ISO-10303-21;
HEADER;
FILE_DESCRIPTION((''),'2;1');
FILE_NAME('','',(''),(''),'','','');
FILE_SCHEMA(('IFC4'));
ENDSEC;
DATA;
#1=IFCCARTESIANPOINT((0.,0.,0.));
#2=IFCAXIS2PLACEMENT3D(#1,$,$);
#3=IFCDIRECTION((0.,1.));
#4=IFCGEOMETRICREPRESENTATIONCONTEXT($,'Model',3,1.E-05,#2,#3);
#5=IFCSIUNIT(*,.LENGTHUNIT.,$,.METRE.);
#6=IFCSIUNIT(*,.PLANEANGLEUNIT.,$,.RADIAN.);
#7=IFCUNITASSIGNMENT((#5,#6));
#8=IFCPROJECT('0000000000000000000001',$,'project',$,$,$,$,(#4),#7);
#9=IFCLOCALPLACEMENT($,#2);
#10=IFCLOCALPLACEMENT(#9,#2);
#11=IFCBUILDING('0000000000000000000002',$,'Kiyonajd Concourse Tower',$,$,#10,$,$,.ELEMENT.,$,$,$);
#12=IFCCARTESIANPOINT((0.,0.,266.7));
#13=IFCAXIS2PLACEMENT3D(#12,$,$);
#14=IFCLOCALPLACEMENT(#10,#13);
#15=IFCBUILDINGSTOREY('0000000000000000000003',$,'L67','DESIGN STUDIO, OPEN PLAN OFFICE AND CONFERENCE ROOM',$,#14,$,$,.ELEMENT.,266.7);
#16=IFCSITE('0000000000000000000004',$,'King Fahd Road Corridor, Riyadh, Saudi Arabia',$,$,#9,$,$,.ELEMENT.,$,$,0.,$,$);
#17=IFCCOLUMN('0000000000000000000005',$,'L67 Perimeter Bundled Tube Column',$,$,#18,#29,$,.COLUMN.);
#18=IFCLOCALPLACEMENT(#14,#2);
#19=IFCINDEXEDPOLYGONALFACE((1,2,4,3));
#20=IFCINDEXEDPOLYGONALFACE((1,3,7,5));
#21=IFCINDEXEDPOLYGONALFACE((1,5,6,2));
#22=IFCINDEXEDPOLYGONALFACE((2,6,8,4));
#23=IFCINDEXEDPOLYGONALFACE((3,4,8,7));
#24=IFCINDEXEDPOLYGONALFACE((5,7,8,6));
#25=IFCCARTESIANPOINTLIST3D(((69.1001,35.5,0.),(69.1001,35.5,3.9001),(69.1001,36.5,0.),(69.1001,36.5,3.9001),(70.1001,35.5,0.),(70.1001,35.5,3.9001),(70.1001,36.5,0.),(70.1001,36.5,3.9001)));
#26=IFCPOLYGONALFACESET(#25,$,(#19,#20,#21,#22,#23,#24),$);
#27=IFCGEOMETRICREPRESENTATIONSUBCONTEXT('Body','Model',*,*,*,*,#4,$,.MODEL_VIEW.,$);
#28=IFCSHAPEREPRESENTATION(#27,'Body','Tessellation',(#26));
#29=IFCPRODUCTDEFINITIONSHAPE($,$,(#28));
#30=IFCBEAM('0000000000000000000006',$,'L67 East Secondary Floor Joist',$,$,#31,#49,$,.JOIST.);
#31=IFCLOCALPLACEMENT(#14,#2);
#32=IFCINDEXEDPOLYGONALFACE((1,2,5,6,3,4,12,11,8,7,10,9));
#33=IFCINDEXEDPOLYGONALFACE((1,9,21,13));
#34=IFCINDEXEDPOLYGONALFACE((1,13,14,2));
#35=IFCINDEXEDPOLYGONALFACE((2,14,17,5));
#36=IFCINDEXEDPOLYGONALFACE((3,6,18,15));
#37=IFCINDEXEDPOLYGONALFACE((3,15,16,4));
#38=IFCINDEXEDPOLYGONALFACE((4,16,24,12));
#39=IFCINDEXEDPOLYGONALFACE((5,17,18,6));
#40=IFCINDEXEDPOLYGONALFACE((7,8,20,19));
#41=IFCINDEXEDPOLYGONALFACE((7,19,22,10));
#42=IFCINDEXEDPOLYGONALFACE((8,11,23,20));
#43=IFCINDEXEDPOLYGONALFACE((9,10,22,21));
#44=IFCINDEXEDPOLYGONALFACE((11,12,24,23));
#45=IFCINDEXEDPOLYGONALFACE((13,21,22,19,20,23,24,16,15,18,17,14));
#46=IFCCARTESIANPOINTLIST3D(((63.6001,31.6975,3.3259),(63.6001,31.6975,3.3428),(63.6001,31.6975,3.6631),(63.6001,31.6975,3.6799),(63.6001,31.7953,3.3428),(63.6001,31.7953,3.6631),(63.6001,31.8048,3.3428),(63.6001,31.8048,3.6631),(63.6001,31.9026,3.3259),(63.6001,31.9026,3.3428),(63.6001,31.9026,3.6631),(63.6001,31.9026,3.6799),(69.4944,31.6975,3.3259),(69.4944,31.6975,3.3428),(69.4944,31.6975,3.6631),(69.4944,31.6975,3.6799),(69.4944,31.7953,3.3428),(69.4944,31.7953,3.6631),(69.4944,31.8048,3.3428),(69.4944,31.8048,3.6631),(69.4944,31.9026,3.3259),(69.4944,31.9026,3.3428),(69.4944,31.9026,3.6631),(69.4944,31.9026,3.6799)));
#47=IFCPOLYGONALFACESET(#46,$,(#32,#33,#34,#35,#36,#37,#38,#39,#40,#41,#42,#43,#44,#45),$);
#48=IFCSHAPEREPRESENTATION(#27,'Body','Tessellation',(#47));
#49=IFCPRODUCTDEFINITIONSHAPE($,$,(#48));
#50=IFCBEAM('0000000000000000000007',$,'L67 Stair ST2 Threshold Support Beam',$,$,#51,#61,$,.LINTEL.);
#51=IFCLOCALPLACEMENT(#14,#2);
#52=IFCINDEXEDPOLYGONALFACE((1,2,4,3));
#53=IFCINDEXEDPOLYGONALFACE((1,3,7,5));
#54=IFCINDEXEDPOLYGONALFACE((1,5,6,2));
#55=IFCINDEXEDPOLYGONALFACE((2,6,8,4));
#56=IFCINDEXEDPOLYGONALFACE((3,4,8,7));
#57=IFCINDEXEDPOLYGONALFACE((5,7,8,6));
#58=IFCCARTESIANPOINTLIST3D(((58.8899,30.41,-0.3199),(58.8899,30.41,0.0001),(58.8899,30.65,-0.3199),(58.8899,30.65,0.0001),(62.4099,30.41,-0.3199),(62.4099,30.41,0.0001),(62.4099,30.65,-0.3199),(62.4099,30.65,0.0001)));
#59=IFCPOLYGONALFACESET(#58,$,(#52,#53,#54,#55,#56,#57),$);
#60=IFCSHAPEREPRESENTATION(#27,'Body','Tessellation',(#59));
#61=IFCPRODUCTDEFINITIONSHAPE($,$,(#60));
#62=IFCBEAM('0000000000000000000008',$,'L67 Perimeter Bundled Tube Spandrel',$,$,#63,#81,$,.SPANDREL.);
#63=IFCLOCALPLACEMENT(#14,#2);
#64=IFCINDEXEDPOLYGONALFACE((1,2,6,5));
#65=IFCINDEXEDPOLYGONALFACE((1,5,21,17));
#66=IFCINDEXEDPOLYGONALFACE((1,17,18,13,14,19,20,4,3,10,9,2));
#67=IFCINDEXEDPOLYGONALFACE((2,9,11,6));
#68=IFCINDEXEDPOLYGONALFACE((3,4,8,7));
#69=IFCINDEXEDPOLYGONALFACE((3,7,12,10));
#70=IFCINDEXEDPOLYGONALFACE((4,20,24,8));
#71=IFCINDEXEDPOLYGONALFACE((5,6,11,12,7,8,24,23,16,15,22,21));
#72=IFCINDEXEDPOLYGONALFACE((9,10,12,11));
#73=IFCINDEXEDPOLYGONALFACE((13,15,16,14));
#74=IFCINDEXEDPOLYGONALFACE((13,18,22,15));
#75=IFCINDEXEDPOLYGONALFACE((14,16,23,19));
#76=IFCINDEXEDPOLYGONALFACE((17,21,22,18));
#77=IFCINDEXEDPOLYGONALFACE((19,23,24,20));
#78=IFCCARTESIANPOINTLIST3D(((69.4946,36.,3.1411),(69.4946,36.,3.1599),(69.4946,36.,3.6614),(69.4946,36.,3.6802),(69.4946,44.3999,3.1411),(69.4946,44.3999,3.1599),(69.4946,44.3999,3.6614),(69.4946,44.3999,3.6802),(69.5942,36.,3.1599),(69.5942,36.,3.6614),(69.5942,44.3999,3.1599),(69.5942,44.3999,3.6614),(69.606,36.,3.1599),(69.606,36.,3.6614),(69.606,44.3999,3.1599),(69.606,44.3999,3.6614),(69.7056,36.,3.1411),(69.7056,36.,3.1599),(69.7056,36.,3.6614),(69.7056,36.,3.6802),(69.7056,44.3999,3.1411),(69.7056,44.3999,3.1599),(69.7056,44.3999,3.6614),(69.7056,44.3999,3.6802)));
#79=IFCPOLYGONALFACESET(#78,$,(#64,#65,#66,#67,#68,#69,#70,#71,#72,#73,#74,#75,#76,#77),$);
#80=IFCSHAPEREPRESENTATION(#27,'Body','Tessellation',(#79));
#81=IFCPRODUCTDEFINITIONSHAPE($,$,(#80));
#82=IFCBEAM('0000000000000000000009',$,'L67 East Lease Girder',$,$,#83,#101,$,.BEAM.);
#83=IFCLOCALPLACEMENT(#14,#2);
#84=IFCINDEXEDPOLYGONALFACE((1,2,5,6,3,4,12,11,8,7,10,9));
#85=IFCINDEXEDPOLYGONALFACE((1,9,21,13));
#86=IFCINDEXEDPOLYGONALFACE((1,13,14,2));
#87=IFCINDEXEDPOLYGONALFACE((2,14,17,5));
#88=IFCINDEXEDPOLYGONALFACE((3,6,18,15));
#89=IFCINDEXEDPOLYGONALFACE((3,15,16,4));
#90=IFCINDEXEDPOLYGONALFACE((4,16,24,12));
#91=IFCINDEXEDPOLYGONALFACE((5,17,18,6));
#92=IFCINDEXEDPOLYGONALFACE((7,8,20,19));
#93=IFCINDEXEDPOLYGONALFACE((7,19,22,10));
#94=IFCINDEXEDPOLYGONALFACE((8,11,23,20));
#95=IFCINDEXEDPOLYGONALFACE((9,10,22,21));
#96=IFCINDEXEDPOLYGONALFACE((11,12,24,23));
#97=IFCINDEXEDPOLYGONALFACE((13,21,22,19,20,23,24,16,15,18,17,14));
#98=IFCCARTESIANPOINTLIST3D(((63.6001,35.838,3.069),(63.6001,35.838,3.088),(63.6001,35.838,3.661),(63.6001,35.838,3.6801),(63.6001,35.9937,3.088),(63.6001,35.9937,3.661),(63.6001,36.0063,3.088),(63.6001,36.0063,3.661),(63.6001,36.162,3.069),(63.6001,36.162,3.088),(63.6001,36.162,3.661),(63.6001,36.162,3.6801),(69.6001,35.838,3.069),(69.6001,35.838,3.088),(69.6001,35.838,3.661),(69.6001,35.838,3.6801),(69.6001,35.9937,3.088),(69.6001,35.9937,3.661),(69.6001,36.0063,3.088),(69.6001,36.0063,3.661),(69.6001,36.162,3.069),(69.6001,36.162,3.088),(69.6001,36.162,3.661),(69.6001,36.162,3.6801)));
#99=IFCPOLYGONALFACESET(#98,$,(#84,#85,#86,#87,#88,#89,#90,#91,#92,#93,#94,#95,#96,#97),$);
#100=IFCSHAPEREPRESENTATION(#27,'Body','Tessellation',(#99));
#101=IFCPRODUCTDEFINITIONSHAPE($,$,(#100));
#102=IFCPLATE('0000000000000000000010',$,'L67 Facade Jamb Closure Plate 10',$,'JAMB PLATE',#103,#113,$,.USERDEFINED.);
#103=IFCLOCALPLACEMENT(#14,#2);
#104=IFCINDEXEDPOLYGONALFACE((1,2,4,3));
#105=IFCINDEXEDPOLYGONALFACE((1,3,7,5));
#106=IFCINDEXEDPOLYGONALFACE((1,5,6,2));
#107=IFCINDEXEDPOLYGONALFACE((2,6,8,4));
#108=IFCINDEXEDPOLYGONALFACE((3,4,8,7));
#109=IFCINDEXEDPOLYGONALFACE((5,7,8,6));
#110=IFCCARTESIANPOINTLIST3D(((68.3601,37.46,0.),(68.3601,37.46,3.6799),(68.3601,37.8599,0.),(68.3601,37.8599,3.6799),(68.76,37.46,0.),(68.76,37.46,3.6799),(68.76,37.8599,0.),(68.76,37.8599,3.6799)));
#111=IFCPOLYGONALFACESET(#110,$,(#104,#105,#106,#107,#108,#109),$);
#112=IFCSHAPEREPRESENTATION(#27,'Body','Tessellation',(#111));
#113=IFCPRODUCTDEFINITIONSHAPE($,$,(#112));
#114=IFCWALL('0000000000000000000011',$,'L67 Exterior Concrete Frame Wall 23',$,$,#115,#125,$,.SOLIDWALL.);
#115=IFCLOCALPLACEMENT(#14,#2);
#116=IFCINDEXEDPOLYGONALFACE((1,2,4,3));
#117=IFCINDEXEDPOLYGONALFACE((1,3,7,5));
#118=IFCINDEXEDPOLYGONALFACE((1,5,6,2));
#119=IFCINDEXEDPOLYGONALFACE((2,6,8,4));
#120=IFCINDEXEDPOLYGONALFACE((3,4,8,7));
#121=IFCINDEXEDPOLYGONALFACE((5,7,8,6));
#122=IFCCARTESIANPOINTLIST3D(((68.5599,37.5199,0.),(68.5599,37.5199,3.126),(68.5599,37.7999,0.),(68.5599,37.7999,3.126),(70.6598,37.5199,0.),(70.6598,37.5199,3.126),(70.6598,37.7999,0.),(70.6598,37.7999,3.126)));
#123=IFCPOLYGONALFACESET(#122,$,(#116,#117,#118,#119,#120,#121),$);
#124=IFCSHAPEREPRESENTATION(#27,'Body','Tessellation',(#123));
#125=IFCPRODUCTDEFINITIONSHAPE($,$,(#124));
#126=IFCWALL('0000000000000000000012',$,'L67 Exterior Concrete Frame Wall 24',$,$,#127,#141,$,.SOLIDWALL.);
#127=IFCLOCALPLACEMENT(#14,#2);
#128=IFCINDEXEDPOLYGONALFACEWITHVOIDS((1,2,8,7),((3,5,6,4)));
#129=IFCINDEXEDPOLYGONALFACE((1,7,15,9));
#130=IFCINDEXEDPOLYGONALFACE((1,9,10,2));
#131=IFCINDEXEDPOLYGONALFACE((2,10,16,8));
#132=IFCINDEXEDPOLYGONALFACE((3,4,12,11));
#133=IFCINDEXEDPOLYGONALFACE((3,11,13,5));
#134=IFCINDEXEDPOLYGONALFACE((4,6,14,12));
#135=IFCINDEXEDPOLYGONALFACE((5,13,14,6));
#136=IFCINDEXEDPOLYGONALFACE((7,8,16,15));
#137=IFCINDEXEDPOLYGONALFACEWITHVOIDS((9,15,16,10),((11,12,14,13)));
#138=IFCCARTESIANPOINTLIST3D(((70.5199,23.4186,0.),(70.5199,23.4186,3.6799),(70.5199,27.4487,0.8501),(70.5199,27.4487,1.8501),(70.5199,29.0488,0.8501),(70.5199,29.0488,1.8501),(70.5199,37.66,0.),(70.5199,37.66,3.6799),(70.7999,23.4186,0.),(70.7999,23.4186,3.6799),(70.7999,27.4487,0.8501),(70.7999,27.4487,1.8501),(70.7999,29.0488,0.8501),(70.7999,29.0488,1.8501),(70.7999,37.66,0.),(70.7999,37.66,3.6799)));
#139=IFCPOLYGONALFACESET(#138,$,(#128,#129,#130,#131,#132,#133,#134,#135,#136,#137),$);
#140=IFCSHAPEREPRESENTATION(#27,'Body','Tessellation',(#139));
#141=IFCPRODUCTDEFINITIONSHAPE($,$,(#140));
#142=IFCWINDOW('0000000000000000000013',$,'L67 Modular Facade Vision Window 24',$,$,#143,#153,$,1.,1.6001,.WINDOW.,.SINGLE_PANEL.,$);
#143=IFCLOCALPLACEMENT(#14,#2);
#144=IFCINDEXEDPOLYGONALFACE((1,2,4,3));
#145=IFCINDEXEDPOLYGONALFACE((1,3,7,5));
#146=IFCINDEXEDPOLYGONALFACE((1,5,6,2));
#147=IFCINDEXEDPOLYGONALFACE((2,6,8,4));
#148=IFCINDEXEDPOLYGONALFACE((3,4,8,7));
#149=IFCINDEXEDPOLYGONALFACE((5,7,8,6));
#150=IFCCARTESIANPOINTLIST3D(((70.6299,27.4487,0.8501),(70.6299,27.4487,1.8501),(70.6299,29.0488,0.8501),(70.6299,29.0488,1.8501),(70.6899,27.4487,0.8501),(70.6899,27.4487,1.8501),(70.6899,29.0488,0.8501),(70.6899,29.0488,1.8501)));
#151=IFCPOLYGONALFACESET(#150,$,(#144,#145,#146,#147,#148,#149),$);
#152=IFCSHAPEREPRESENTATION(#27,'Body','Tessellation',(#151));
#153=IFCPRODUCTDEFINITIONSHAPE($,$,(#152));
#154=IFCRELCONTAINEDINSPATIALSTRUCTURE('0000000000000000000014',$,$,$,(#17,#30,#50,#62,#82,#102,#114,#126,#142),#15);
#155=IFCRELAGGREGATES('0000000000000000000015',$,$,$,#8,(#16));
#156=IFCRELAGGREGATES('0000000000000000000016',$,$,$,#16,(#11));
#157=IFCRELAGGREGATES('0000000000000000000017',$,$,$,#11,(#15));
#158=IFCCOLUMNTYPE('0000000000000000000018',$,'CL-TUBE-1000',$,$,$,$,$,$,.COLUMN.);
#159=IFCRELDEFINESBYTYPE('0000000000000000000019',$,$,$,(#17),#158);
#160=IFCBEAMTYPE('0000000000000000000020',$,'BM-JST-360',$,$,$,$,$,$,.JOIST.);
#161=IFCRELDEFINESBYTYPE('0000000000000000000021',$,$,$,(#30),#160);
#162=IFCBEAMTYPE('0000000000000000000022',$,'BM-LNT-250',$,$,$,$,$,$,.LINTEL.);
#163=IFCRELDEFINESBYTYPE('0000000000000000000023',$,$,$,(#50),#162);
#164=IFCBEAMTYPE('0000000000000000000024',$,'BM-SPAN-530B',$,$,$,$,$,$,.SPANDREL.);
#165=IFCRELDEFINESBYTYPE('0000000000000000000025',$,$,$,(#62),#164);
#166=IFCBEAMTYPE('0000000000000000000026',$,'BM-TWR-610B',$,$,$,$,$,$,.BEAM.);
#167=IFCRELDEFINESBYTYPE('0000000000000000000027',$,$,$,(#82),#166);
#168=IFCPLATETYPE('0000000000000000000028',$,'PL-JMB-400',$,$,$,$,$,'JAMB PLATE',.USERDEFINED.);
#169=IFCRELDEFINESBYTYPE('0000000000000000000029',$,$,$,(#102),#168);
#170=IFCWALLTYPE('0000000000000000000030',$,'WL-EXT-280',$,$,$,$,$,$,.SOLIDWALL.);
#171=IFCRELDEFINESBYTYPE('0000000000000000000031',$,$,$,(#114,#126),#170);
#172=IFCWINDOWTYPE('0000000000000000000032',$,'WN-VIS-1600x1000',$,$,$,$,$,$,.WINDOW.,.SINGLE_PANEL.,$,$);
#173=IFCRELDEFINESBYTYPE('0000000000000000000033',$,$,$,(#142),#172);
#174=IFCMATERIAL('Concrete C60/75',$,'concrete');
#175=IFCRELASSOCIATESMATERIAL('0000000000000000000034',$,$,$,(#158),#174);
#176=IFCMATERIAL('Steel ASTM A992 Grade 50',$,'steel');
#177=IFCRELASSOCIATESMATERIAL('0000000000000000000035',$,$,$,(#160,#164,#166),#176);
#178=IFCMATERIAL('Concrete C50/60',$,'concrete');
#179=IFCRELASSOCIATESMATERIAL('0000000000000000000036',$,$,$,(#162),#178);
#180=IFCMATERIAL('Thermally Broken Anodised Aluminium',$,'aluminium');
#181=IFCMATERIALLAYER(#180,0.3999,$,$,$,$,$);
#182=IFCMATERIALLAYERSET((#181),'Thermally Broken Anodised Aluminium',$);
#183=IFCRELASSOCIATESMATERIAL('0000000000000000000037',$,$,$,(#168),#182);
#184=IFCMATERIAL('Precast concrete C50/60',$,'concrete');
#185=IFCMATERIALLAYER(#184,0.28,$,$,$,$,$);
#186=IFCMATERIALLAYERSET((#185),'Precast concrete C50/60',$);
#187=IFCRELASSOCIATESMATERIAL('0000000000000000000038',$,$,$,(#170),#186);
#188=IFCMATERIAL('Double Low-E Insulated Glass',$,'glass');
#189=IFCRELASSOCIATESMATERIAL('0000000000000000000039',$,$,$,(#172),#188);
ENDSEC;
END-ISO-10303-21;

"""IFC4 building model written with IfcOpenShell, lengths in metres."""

from ifc_helpers import new_model, si_unit, direction, frame, frame_2d, origin, origin_2d, place, context, subcontext, project, spatial, rectangle, i_section, extrude, material, layer, layer_set, material_profile, profile_set, type_object, element, fill, save


model = new_model("IFC4")

# Units and contexts
model_context = context("Model", 3, precision=1e-05, world=origin(), true_north=direction((0.0, 1.0)))
body_context = subcontext(model_context, "Body", "Model", "MODEL_VIEW")
ifc_project = project(units=[si_unit("LENGTHUNIT", "METRE"), si_unit("PLANEANGLEUNIT", "RADIAN")], contexts=[model_context])

# Site, building, storey
site_placement = place(None, origin())
site = spatial("IfcSite", under=ifc_project, at=site_placement, Name="King Fahd Road Corridor, Riyadh, Saudi Arabia", CompositionType="ELEMENT", RefElevation=0.0)
building_placement = place(site_placement, origin())
building = spatial("IfcBuilding", under=site, at=building_placement, Name="Kiyonajd Concourse Tower", CompositionType="ELEMENT")
storey_placement = place(building_placement, frame((0.0, 0.0, 266.7)))
storey = spatial("IfcBuildingStorey", under=building, at=storey_placement, Name="L67", Description="DESIGN STUDIO, OPEN PLAN OFFICE AND CONFERENCE ROOM", CompositionType="ELEMENT", Elevation=266.7)

# Column
ifc_material_1 = material(Name="Concrete C60/75", Category="concrete")
ifc_material_profile_1 = material_profile(ifc_material_1, rectangle(XDim=1.0, YDim=1.0, at=origin_2d()), Name="RC-1000x1000")
ifc_profile_set_1 = profile_set([ifc_material_profile_1], Name="Concrete C60/75")
column_type = type_object("IfcColumnType", Name="CL-TUBE-1000", PredefinedType="COLUMN", material=ifc_profile_set_1)
column_placement = place(storey_placement, frame((69.6001, 36.0, 0.0), z_axis=(0.0, 0.0, 1.0), x_axis=(1.0, 0.0, 0.0)))
element("IfcColumn", 1, at=column_placement, inside=storey, type_object=column_type, Name="L67 Perimeter Bundled Tube Column", PredefinedType="COLUMN", context=body_context, shape_type="SweptSolid", body=[
    extrude(rectangle(XDim=1.0, YDim=1.0, at=origin_2d()), origin(), (0.0, 0.0, 1.0), 3.9001),
])

# Beams
ifc_material_2 = material(Name="Steel ASTM A992 Grade 50", Category="steel")
ifc_material_profile_2 = material_profile(ifc_material_2, i_section(OverallWidth=0.2051, OverallDepth=0.354, WebThickness=0.0095, FlangeThickness=0.0168, at=origin_2d()), Name="W360X79")
ifc_profile_set_2 = profile_set([ifc_material_profile_2], Name="Steel ASTM A992 Grade 50")
beam_type_1 = type_object("IfcBeamType", Name="BM-JST-360", PredefinedType="JOIST", material=ifc_profile_set_2)
beam_1_placement = place(storey_placement, frame((63.6001, 31.8, 3.5029), z_axis=(1.0, 0.0, 0.0), x_axis=(0.0, 1.0, 0.0)))
element("IfcBeam", 2, at=beam_1_placement, inside=storey, type_object=beam_type_1, Name="L67 East Secondary Floor Joist", PredefinedType="JOIST", context=body_context, shape_type="SweptSolid", body=[
    extrude(i_section(OverallWidth=0.2051, OverallDepth=0.354, WebThickness=0.0095, FlangeThickness=0.0168, at=origin_2d()), origin(), (0.0, 0.0, 1.0), 5.8943),
])
ifc_material_3 = material(Name="Concrete C50/60", Category="concrete")
ifc_material_profile_3 = material_profile(ifc_material_3, rectangle(XDim=0.24, YDim=0.3201, at=origin_2d()), Name="RCBM-240x320")
ifc_profile_set_3 = profile_set([ifc_material_profile_3], Name="Concrete C50/60")
beam_type_2 = type_object("IfcBeamType", Name="BM-LNT-250", PredefinedType="LINTEL", material=ifc_profile_set_3)
beam_2_placement = place(storey_placement, frame((58.8899, 30.53, -0.1599), z_axis=(1.0, 0.0, 0.0), x_axis=(0.0, 1.0, 0.0)))
element("IfcBeam", 3, at=beam_2_placement, inside=storey, type_object=beam_type_2, Name="L67 Stair ST2 Threshold Support Beam", PredefinedType="LINTEL", context=body_context, shape_type="SweptSolid", body=[
    extrude(rectangle(XDim=0.24, YDim=0.3201, at=origin_2d()), origin(), (0.0, 0.0, 1.0), 3.52),
])
ifc_material_profile_4 = material_profile(ifc_material_2, i_section(OverallWidth=0.2109, OverallDepth=0.5391, WebThickness=0.0117, FlangeThickness=0.0188, at=origin_2d()), Name="W530X109")
ifc_profile_set_4 = profile_set([ifc_material_profile_4], Name="Steel ASTM A992 Grade 50")
beam_type_3 = type_object("IfcBeamType", Name="BM-SPAN-530B", PredefinedType="SPANDREL", material=ifc_profile_set_4)
beam_3_placement = place(storey_placement, frame((69.6001, 36.0, 3.4106), z_axis=(0.0, 1.0, 0.0), x_axis=(-1.0, 0.0, 0.0)))
element("IfcBeam", 4, at=beam_3_placement, inside=storey, type_object=beam_type_3, Name="L67 Perimeter Bundled Tube Spandrel", PredefinedType="SPANDREL", context=body_context, shape_type="SweptSolid", body=[
    extrude(i_section(OverallWidth=0.2109, OverallDepth=0.5391, WebThickness=0.0117, FlangeThickness=0.0188, at=origin_2d()), origin(), (0.0, 0.0, 1.0), 8.3999),
])
ifc_material_profile_5 = material_profile(ifc_material_2, i_section(OverallWidth=0.324, OverallDepth=0.6111, WebThickness=0.0127, FlangeThickness=0.019, at=origin_2d()), Name="W610X155")
ifc_profile_set_5 = profile_set([ifc_material_profile_5], Name="Steel ASTM A992 Grade 50")
beam_type_4 = type_object("IfcBeamType", Name="BM-TWR-610B", PredefinedType="BEAM", material=ifc_profile_set_5)
beam_4_placement = place(storey_placement, frame((63.6001, 36.0, 3.3745), z_axis=(1.0, 0.0, 0.0), x_axis=(0.0, 1.0, 0.0)))
element("IfcBeam", 5, at=beam_4_placement, inside=storey, type_object=beam_type_4, Name="L67 East Lease Girder", PredefinedType="BEAM", context=body_context, shape_type="SweptSolid", body=[
    extrude(i_section(OverallWidth=0.324, OverallDepth=0.6111, WebThickness=0.0127, FlangeThickness=0.019, at=origin_2d()), origin(), (0.0, 0.0, 1.0), 6.0),
])

# Plate
ifc_material_4 = material(Name="Thermally Broken Anodised Aluminium", Category="aluminium")
ifc_layer_1 = layer(ifc_material_4, 0.3999)
ifc_layer_set_1 = layer_set([ifc_layer_1], Name="Thermally Broken Anodised Aluminium")
plate_type = type_object("IfcPlateType", Name="PL-JMB-400", ElementType="JAMB PLATE", PredefinedType="USERDEFINED", material=ifc_layer_set_1)
plate_placement = place(storey_placement, frame((68.5601, 37.6599, 0.0), z_axis=(0.0, 0.0, 1.0), x_axis=(1.0, 0.0, 0.0)))
element("IfcPlate", 6, at=plate_placement, inside=storey, type_object=plate_type, Name="L67 Facade Jamb Closure Plate 10", ObjectType="JAMB PLATE", PredefinedType="USERDEFINED", context=body_context, shape_type="SweptSolid", body=[
    extrude(rectangle(XDim=0.3999, YDim=0.3999, at=origin_2d()), origin(), (0.0, 0.0, 1.0), 3.6799),
])

# Wall
ifc_material_5 = material(Name="Precast concrete C50/60", Category="concrete")
ifc_layer_2 = layer(ifc_material_5, 0.28)
ifc_layer_set_2 = layer_set([ifc_layer_2], Name="Precast concrete C50/60")
wall_type_1 = type_object("IfcWallType", Name="WL-EXT-280", PredefinedType="SOLIDWALL", material=ifc_layer_set_2)
wall_1_placement = place(storey_placement, frame((68.5601, 37.6599, 0.0), z_axis=(0.0, 0.0, 1.0), x_axis=(1.0, 0.0, 0.0)))
element("IfcWall", 7, at=wall_1_placement, inside=storey, type_object=wall_type_1, Name="L67 Exterior Concrete Frame Wall 23", PredefinedType="SOLIDWALL", context=body_context, shape_type="SweptSolid", body=[
    extrude(rectangle(XDim=2.0999, YDim=0.28, at=frame_2d((1.0498, 0.0))), origin(), (0.0, 0.0, 1.0), 3.126),
])

# Wall, opening, window
wall_2_placement = place(storey_placement, frame((70.6599, 37.6599, 0.0), z_axis=(0.0, 0.0, 1.0), x_axis=(0.0, -1.0, 0.0)))
wall_2 = element("IfcWall", 8, at=wall_2_placement, inside=storey, type_object=wall_type_1, Name="L67 Exterior Concrete Frame Wall 24", PredefinedType="SOLIDWALL", context=body_context, shape_type="SweptSolid", body=[
    extrude(rectangle(XDim=14.2415, YDim=0.28, at=frame_2d((7.1206, 0.0))), origin(), (0.0, 0.0, 1.0), 3.6799),
])
opening_1_placement = place(wall_2_placement, frame((8.6111, 0.0, 0.8501)))
opening_1 = element("IfcOpeningElement", 9, at=opening_1_placement, cuts=wall_2, PredefinedType="OPENING", context=body_context, shape_type="SweptSolid", body=[
    extrude(rectangle(XDim=1.6001, YDim=1.0, at=frame_2d((0.8, 0.5))), frame((0.0, 0.1499, 0.0), z_axis=(0.0, -1.0, 0.0), x_axis=(1.0, 0.0, 0.0)), (0.0, 0.0, 1.0), 0.3),
])
ifc_material_6 = material(Name="Double Low-E Insulated Glass", Category="glass")
window_type = type_object("IfcWindowType", Name="WN-VIS-1600x1000", PartitioningType="SINGLE_PANEL", PredefinedType="WINDOW", material=ifc_material_6)
window_placement = place(opening_1_placement, origin())
window = element("IfcWindow", 10, at=window_placement, inside=storey, type_object=window_type, Name="L67 Modular Facade Vision Window 24", OverallHeight=1.0, OverallWidth=1.6001, PartitioningType="SINGLE_PANEL", PredefinedType="WINDOW", context=body_context, shape_type="SweptSolid", body=[
    extrude(rectangle(XDim=1.6001, YDim=1.0, at=frame_2d((0.8, 0.5))), frame((0.0, 0.03, 0.0), z_axis=(0.0, -1.0, 0.0), x_axis=(1.0, 0.0, 0.0)), (0.0, 0.0, 1.0), 0.0601),
])
fill(opening_1, window)

save(model, "model.ifc")
